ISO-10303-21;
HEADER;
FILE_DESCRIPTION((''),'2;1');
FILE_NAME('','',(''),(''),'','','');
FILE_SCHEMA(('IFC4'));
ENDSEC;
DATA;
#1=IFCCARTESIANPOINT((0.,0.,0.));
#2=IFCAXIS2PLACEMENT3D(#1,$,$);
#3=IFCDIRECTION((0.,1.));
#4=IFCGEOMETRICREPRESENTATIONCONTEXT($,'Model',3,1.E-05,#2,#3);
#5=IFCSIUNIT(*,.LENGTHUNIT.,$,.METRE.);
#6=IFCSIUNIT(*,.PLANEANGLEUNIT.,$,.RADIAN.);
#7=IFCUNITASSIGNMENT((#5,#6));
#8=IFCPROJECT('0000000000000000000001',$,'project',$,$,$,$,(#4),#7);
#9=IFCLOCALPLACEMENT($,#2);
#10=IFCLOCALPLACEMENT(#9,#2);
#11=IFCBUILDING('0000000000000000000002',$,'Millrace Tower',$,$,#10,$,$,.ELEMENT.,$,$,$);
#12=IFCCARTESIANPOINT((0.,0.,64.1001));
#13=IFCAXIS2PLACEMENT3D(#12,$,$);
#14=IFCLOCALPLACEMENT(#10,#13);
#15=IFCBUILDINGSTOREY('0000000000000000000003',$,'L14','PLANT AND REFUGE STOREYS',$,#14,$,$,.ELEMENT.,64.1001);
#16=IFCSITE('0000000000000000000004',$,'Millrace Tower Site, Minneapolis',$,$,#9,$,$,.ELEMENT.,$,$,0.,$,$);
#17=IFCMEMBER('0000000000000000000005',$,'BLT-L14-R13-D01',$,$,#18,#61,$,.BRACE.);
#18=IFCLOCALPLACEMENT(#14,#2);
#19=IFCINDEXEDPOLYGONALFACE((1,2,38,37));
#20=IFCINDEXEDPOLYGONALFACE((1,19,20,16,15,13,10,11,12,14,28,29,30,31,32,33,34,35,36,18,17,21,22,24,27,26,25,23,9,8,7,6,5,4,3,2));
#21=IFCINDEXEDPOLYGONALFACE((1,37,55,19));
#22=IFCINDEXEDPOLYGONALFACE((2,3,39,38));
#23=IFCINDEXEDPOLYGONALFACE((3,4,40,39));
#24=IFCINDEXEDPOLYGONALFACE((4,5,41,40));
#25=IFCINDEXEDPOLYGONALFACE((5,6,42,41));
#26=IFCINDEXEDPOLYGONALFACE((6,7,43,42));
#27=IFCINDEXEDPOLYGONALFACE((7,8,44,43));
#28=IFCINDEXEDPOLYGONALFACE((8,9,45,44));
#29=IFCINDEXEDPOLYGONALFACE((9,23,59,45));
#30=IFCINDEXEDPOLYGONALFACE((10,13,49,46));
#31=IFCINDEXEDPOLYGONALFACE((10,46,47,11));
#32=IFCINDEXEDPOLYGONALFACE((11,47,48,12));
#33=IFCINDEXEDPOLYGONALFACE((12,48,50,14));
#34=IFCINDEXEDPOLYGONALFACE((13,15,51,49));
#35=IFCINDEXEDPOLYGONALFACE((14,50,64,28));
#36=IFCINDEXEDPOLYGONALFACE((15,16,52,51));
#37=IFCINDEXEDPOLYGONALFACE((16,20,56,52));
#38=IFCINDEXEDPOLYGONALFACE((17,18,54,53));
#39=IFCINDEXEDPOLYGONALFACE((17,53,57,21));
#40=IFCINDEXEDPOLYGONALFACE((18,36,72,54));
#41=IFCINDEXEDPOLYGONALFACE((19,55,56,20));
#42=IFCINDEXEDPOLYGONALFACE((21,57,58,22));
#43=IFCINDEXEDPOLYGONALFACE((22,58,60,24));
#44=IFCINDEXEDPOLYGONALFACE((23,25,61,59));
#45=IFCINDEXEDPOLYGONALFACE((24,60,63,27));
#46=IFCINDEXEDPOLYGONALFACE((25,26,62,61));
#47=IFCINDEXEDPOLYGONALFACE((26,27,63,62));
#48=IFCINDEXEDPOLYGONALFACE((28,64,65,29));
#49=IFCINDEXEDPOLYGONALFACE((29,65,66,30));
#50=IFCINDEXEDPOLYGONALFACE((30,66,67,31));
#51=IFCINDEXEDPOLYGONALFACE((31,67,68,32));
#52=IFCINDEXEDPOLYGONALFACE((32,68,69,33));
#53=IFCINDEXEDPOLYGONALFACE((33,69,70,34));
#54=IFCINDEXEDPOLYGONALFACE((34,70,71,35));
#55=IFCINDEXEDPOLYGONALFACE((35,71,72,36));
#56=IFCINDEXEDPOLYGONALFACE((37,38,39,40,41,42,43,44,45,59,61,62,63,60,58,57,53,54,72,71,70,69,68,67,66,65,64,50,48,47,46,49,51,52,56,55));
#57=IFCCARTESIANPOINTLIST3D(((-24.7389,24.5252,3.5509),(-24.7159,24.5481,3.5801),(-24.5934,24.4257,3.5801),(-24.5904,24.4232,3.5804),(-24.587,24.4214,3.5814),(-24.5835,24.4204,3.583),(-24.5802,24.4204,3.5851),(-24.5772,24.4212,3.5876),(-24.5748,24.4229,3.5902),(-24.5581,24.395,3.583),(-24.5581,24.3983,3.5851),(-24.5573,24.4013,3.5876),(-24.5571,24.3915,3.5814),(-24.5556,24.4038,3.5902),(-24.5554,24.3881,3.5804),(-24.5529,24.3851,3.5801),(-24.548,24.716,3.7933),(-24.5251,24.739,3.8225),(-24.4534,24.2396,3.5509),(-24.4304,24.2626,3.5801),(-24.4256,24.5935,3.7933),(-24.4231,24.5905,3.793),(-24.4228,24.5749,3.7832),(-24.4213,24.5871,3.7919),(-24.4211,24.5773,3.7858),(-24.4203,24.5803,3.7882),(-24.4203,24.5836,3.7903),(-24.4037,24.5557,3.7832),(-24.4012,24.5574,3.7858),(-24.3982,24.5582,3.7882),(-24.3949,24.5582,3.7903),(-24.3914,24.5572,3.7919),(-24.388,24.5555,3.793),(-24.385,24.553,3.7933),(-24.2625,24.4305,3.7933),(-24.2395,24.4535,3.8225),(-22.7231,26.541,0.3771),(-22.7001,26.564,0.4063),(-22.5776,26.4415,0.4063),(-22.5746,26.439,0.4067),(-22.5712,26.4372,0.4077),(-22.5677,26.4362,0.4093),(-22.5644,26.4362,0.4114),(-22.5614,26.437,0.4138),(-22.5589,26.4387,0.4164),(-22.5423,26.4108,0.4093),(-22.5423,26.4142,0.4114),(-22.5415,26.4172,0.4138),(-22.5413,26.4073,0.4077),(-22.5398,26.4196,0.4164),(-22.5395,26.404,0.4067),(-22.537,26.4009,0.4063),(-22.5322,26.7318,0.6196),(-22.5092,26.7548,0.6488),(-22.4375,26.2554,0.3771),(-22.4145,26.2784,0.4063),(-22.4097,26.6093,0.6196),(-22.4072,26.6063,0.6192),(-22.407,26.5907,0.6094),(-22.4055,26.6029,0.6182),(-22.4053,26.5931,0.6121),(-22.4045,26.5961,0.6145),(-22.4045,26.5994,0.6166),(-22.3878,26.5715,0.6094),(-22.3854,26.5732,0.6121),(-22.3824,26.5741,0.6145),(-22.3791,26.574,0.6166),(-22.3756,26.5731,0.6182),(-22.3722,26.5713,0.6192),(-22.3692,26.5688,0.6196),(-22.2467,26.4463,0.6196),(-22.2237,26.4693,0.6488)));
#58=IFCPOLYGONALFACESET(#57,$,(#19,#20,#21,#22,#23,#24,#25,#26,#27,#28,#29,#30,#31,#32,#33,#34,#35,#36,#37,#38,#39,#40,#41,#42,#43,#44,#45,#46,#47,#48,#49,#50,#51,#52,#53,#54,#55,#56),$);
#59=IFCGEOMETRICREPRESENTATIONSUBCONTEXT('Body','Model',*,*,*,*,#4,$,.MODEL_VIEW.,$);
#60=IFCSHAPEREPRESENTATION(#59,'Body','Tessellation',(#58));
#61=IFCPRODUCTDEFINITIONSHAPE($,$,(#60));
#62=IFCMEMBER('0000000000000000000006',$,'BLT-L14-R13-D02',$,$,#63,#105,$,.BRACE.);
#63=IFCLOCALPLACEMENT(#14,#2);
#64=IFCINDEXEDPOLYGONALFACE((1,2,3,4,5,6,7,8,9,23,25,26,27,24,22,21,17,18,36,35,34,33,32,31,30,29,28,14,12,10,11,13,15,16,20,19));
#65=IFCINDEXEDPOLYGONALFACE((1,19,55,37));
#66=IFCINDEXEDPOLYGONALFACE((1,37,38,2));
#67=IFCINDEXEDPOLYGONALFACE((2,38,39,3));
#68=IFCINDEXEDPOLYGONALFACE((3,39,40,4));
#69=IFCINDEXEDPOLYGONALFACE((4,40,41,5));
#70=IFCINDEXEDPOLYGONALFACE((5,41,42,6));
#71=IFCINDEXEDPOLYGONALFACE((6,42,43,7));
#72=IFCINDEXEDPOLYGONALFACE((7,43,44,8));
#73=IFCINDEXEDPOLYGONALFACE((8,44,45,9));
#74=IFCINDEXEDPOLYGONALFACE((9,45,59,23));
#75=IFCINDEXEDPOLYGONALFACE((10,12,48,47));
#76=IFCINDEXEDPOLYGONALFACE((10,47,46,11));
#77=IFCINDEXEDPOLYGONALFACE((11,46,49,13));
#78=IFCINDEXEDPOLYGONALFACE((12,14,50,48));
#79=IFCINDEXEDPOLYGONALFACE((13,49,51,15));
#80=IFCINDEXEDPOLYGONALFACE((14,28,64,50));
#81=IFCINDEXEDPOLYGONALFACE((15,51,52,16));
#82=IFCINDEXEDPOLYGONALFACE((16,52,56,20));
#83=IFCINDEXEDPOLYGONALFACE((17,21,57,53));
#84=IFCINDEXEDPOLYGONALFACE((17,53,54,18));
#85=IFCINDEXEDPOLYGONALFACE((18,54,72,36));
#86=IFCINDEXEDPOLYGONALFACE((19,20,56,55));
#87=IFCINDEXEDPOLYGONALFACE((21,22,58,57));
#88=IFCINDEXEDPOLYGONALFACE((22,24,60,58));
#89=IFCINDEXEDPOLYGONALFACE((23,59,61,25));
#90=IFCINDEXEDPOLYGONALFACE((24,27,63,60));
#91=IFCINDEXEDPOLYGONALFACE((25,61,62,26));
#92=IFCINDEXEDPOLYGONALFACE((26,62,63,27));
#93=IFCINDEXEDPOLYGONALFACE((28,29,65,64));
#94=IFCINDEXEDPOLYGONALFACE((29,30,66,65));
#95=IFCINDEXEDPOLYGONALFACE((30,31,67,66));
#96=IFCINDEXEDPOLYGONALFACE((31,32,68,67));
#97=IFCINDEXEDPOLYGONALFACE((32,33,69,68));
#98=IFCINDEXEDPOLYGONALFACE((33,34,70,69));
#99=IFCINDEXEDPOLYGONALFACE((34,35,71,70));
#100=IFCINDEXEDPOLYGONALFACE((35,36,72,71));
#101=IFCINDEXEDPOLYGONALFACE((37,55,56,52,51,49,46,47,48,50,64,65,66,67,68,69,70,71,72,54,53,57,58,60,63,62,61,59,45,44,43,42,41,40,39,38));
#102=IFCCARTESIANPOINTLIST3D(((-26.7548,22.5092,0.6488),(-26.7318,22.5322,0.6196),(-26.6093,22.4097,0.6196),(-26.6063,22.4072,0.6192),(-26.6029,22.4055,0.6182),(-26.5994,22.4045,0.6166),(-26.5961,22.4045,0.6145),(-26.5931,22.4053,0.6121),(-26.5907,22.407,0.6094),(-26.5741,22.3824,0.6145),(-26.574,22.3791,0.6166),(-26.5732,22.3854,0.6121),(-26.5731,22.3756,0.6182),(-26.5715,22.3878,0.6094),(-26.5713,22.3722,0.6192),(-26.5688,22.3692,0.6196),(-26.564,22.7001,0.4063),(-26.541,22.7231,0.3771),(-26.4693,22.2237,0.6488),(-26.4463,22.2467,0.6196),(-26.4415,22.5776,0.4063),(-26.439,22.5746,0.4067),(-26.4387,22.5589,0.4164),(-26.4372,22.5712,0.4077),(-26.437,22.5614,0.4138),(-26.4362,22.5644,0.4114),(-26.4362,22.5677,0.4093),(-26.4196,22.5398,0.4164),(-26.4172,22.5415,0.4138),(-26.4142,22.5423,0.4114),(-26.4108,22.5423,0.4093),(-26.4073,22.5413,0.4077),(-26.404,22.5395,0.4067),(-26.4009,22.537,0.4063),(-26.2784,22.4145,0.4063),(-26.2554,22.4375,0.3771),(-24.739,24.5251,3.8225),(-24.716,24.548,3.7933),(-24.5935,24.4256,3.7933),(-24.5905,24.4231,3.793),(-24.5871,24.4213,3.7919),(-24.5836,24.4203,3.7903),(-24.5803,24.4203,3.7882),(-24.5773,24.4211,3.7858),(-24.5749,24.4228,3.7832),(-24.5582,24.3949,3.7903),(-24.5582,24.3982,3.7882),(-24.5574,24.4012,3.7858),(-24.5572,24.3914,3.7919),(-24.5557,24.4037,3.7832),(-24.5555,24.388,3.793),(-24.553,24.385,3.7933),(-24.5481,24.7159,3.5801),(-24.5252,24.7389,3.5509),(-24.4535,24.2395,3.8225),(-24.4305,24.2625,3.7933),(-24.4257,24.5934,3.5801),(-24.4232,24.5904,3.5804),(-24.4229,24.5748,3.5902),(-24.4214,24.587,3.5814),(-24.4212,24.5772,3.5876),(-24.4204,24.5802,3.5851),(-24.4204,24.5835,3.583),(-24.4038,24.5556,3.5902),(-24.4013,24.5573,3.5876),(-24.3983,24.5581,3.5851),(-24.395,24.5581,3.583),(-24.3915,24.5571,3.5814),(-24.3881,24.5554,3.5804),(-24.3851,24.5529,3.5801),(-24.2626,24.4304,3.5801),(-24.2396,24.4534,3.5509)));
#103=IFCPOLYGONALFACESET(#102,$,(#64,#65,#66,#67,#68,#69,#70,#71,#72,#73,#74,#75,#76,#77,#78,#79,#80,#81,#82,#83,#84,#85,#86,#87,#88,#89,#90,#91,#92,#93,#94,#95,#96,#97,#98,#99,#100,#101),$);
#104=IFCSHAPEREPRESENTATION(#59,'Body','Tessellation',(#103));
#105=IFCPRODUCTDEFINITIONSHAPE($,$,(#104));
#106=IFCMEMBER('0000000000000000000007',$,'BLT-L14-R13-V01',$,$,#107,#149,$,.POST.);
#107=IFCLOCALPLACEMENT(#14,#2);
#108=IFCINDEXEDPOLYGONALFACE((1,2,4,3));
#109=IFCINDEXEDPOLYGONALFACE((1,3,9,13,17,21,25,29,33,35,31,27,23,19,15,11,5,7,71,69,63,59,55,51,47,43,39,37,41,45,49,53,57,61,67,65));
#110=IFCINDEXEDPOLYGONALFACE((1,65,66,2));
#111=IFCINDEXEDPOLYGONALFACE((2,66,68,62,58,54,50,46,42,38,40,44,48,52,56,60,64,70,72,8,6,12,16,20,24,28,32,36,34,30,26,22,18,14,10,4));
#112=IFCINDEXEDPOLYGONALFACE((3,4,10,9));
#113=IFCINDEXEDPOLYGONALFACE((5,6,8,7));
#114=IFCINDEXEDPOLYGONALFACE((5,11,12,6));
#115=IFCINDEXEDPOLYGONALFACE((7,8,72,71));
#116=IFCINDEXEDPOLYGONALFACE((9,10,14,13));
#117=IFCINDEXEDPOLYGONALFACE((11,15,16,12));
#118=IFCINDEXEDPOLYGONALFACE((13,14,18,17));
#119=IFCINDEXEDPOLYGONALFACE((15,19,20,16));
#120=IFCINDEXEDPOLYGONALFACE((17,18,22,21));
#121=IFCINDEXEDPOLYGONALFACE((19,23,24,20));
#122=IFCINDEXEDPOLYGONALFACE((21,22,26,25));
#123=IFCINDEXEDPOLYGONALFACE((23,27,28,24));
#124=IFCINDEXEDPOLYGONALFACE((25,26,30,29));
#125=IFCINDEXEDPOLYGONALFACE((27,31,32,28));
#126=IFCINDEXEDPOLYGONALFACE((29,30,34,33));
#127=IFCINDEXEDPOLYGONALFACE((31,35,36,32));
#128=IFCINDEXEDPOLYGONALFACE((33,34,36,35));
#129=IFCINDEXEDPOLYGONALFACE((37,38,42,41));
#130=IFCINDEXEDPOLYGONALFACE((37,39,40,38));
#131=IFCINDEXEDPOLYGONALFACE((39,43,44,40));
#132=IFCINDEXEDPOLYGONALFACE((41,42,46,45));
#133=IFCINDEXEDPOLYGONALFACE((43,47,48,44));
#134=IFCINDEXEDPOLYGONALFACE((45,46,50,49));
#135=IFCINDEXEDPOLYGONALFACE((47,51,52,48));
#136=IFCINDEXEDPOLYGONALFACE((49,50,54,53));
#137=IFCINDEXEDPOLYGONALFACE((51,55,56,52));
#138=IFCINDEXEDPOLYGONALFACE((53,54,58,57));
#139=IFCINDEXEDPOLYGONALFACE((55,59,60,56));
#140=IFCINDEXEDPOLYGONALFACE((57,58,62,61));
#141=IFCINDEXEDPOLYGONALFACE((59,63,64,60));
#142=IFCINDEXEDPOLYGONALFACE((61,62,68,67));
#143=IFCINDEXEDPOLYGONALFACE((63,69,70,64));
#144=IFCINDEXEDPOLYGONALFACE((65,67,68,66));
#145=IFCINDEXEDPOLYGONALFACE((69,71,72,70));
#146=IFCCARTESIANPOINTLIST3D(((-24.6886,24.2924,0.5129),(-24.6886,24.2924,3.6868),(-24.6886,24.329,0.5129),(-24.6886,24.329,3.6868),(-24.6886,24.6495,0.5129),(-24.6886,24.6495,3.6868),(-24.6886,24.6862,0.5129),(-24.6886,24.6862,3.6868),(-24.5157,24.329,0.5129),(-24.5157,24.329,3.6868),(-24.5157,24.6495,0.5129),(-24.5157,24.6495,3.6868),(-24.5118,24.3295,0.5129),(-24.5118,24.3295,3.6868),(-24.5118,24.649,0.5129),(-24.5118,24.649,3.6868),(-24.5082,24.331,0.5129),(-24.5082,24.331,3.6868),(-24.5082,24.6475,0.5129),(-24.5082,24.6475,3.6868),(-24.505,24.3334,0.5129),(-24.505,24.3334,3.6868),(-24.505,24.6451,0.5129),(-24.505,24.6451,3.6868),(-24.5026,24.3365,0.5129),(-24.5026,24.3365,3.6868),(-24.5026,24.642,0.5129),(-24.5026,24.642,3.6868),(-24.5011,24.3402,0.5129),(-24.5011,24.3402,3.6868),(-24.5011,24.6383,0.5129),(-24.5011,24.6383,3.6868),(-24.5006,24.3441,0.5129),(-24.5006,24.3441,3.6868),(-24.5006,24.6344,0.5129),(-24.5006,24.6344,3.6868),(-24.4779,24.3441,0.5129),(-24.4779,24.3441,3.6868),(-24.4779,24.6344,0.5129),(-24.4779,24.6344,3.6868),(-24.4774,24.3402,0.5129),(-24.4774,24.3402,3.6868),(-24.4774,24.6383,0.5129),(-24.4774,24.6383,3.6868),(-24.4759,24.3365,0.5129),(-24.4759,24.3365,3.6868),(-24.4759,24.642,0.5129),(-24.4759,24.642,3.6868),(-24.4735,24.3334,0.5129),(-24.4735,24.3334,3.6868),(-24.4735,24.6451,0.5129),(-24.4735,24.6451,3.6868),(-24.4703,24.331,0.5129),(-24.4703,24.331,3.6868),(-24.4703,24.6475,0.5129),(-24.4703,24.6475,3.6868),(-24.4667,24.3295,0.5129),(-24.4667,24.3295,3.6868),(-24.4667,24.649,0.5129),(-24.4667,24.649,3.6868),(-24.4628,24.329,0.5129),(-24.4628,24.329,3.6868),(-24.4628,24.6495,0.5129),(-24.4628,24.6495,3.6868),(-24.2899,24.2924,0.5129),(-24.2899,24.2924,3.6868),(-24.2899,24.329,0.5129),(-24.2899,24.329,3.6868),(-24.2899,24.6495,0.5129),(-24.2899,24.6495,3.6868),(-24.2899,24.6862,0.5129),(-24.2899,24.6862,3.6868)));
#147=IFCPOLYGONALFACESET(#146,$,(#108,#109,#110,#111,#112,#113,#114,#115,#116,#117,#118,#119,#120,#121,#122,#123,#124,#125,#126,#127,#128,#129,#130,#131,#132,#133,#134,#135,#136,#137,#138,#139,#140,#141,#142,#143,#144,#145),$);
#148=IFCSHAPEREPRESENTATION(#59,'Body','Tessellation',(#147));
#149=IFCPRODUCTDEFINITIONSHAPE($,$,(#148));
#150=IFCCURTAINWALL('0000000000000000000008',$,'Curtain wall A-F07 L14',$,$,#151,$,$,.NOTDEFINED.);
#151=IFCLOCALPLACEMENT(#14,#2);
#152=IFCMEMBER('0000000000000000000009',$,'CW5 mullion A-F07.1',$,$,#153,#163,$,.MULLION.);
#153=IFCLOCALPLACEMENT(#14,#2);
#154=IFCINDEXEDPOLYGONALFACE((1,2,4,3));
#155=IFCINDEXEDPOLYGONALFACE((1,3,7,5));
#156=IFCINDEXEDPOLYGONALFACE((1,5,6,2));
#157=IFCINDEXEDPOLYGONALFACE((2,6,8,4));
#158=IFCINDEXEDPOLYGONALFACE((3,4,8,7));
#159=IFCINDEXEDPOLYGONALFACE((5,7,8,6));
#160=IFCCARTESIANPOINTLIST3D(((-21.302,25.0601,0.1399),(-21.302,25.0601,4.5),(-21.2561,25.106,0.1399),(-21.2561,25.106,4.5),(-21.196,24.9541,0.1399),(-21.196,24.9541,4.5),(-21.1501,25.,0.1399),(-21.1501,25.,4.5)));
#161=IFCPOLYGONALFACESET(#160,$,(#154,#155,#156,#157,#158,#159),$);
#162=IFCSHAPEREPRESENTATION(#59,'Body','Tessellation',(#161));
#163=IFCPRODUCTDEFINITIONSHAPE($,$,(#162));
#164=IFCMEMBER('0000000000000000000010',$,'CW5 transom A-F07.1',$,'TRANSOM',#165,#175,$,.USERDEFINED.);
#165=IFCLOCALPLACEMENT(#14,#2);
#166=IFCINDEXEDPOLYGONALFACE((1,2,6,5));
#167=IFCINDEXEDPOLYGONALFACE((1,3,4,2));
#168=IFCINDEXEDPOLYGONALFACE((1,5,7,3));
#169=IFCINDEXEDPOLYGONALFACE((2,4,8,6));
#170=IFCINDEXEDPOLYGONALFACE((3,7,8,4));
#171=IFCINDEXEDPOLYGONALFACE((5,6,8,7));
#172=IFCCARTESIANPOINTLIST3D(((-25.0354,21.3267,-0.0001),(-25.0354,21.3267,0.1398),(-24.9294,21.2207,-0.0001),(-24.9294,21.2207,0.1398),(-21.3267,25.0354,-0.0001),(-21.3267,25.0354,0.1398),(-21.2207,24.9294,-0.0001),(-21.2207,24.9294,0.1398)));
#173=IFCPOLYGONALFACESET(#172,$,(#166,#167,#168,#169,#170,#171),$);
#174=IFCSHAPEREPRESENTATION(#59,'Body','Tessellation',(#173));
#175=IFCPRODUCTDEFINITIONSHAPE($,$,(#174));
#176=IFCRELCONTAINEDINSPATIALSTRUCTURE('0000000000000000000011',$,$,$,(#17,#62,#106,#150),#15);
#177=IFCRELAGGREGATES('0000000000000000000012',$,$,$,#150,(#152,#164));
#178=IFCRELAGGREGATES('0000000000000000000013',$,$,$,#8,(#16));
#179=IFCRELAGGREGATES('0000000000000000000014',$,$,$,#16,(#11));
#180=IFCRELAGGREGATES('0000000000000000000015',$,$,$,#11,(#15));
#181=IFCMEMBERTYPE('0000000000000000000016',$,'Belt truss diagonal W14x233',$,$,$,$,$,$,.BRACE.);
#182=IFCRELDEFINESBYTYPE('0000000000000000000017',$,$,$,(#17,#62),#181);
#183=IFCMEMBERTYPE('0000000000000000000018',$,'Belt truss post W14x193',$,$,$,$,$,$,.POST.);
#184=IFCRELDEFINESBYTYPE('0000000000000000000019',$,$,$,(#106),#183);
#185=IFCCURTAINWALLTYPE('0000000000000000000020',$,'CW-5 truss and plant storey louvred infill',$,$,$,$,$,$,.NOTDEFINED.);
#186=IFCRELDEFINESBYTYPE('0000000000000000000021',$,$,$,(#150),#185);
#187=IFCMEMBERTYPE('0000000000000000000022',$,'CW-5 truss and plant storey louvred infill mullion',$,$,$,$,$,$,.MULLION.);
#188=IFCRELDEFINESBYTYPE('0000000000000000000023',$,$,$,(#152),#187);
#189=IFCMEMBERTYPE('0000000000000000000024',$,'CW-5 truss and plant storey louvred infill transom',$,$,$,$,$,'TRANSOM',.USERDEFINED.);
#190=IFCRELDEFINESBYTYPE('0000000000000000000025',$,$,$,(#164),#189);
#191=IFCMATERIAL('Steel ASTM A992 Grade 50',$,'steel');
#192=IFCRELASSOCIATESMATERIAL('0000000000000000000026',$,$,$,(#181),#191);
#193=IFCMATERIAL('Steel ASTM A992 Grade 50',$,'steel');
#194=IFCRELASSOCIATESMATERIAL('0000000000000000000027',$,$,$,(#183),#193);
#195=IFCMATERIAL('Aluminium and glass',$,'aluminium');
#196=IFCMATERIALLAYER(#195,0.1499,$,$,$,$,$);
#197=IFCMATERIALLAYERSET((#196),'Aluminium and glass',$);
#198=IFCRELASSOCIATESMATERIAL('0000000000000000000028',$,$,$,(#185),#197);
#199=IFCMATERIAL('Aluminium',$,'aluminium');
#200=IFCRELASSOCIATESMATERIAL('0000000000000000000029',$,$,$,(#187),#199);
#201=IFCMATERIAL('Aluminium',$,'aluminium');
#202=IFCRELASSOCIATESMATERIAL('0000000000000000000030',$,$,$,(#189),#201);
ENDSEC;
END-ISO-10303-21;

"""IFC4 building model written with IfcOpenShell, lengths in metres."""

from ifc_helpers import new_model, si_unit, direction, frame, origin, origin_2d, place, context, subcontext, project, spatial, rectangle, i_section, extrude, material, layer, layer_set, material_profile, profile_set, type_object, element, aggregate, save


model = new_model("IFC4")

# Units and contexts
model_context = context("Model", 3, precision=1e-05, world=origin(), true_north=direction((0.0, 1.0)))
body_context = subcontext(model_context, "Body", "Model", "MODEL_VIEW")
ifc_project = project(units=[si_unit("LENGTHUNIT", "METRE"), si_unit("PLANEANGLEUNIT", "RADIAN")], contexts=[model_context])

# Site, building, storey
site_placement = place(None, origin())
site = spatial("IfcSite", under=ifc_project, at=site_placement, Name="Millrace Tower Site, Minneapolis", CompositionType="ELEMENT", RefElevation=0.0)
building_placement = place(site_placement, origin())
building = spatial("IfcBuilding", under=site, at=building_placement, Name="Millrace Tower", CompositionType="ELEMENT")
storey_placement = place(building_placement, frame((0.0, 0.0, 64.1001)))
storey = spatial("IfcBuildingStorey", under=building, at=storey_placement, Name="L14", Description="PLANT AND REFUGE STOREYS", CompositionType="ELEMENT", Elevation=64.1001)

# Members
ifc_material_1 = material(Name="Steel ASTM A992 Grade 50", Category="steel")
ifc_material_profile_1 = material_profile(ifc_material_1, i_section(OverallWidth=0.4038, OverallDepth=0.4065, WebThickness=0.0271, FlangeThickness=0.0437, FilletRadius=0.0151, at=origin_2d()))
ifc_profile_set_1 = profile_set([ifc_material_profile_1], Name="Steel ASTM A992 Grade 50")
member_type_1 = type_object("IfcMemberType", Name="Belt truss diagonal W14x233", PredefinedType="BRACE", material=ifc_profile_set_1)
for number, where, z_axis, x_axis, name in (
    (1, (-22.4734, 26.5051, 0.5129), (-0.472519, -0.472519, 0.743944), (0.707107, -0.707107, 0.0), "BLT-L14-R13-D01"),
    (2, (-26.5051, 22.4734, 0.5129), (0.472519, 0.472519, 0.743944), (-0.707107, 0.707107, 0.0), "BLT-L14-R13-D02"),
):
    element("IfcMember", number, at=place(storey_placement, frame(where, z_axis=z_axis, x_axis=x_axis)), inside=storey, type_object=member_type_1, Name=name, PredefinedType="BRACE", context=body_context, shape_type="SweptSolid", body=[
        extrude(i_section(OverallWidth=0.4038, OverallDepth=0.4065, WebThickness=0.0271, FlangeThickness=0.0437, FilletRadius=0.0151, at=origin_2d()), origin(), (0.0, 0.0, 1.0), 4.2661),
    ])
ifc_material_2 = material(Name="Steel ASTM A992 Grade 50", Category="steel")
ifc_material_profile_2 = material_profile(ifc_material_2, i_section(OverallWidth=0.3987, OverallDepth=0.3938, WebThickness=0.0227, FlangeThickness=0.0366, FilletRadius=0.0151, at=origin_2d()))
ifc_profile_set_2 = profile_set([ifc_material_profile_2], Name="Steel ASTM A992 Grade 50")
member_type_2 = type_object("IfcMemberType", Name="Belt truss post W14x193", PredefinedType="POST", material=ifc_profile_set_2)
member_1_placement = place(storey_placement, frame((-24.4893, 24.4893, 0.5129), z_axis=(0.0, 0.0, 1.0), x_axis=(1.0, 0.0, 0.0)))
element("IfcMember", 3, at=member_1_placement, inside=storey, type_object=member_type_2, Name="BLT-L14-R13-V01", PredefinedType="POST", context=body_context, shape_type="SweptSolid", body=[
    extrude(i_section(OverallWidth=0.3987, OverallDepth=0.3938, WebThickness=0.0227, FlangeThickness=0.0366, FilletRadius=0.0151, at=origin_2d()), origin(), (0.0, 0.0, 1.0), 3.1738),
])

# Curtain wall, members
ifc_material_3 = material(Name="Aluminium and glass", Category="aluminium")
ifc_layer_1 = layer(ifc_material_3, 0.1499)
ifc_layer_set_1 = layer_set([ifc_layer_1], Name="Aluminium and glass")
curtain_wall_type = type_object("IfcCurtainWallType", Name="CW-5 truss and plant storey louvred infill", PredefinedType="NOTDEFINED", material=ifc_layer_set_1)
curtain_wall_placement = place(storey_placement, origin())
curtain_wall = element("IfcCurtainWall", 4, at=curtain_wall_placement, inside=storey, type_object=curtain_wall_type, Name="Curtain wall A-F07 L14", PredefinedType="NOTDEFINED")
ifc_material_4 = material(Name="Aluminium", Category="aluminium")
ifc_material_profile_3 = material_profile(ifc_material_4, rectangle(XDim=0.0649, YDim=0.1499, at=origin_2d()))
ifc_profile_set_3 = profile_set([ifc_material_profile_3], Name="Aluminium")
member_type_3 = type_object("IfcMemberType", Name="CW-5 truss and plant storey louvred infill mullion", PredefinedType="MULLION", material=ifc_profile_set_3)
member_2_placement = place(storey_placement, frame((-21.2261, 25.03, 0.1399), z_axis=(0.0, 0.0, 1.0), x_axis=(-0.707107, -0.707107, 0.0)))
member_2 = element("IfcMember", 5, at=member_2_placement, type_object=member_type_3, Name="CW5 mullion A-F07.1", PredefinedType="MULLION", context=body_context, shape_type="SweptSolid", body=[
    extrude(rectangle(XDim=0.0649, YDim=0.1499, at=origin_2d()), origin(), (0.0, 0.0, 1.0), 4.3601),
])
ifc_material_5 = material(Name="Aluminium", Category="aluminium")
ifc_material_profile_4 = material_profile(ifc_material_5, rectangle(XDim=0.1499, YDim=0.1399, at=origin_2d()))
ifc_profile_set_4 = profile_set([ifc_material_profile_4], Name="Aluminium")
member_type_4 = type_object("IfcMemberType", Name="CW-5 truss and plant storey louvred infill transom", ElementType="TRANSOM", PredefinedType="USERDEFINED", material=ifc_profile_set_4)
member_3_placement = place(storey_placement, frame((-21.2737, 24.9824, 0.0698), z_axis=(-0.707107, -0.707107, 0.0), x_axis=(0.707107, -0.707107, 0.0)))
member_3 = element("IfcMember", 6, at=member_3_placement, type_object=member_type_4, Name="CW5 transom A-F07.1", ObjectType="TRANSOM", PredefinedType="USERDEFINED", context=body_context, shape_type="SweptSolid", body=[
    extrude(rectangle(XDim=0.1499, YDim=0.1399, at=origin_2d()), origin(), (0.0, 0.0, 1.0), 5.2449),
])
aggregate(curtain_wall, [member_2, member_3])

save(model, "model.ifc")
